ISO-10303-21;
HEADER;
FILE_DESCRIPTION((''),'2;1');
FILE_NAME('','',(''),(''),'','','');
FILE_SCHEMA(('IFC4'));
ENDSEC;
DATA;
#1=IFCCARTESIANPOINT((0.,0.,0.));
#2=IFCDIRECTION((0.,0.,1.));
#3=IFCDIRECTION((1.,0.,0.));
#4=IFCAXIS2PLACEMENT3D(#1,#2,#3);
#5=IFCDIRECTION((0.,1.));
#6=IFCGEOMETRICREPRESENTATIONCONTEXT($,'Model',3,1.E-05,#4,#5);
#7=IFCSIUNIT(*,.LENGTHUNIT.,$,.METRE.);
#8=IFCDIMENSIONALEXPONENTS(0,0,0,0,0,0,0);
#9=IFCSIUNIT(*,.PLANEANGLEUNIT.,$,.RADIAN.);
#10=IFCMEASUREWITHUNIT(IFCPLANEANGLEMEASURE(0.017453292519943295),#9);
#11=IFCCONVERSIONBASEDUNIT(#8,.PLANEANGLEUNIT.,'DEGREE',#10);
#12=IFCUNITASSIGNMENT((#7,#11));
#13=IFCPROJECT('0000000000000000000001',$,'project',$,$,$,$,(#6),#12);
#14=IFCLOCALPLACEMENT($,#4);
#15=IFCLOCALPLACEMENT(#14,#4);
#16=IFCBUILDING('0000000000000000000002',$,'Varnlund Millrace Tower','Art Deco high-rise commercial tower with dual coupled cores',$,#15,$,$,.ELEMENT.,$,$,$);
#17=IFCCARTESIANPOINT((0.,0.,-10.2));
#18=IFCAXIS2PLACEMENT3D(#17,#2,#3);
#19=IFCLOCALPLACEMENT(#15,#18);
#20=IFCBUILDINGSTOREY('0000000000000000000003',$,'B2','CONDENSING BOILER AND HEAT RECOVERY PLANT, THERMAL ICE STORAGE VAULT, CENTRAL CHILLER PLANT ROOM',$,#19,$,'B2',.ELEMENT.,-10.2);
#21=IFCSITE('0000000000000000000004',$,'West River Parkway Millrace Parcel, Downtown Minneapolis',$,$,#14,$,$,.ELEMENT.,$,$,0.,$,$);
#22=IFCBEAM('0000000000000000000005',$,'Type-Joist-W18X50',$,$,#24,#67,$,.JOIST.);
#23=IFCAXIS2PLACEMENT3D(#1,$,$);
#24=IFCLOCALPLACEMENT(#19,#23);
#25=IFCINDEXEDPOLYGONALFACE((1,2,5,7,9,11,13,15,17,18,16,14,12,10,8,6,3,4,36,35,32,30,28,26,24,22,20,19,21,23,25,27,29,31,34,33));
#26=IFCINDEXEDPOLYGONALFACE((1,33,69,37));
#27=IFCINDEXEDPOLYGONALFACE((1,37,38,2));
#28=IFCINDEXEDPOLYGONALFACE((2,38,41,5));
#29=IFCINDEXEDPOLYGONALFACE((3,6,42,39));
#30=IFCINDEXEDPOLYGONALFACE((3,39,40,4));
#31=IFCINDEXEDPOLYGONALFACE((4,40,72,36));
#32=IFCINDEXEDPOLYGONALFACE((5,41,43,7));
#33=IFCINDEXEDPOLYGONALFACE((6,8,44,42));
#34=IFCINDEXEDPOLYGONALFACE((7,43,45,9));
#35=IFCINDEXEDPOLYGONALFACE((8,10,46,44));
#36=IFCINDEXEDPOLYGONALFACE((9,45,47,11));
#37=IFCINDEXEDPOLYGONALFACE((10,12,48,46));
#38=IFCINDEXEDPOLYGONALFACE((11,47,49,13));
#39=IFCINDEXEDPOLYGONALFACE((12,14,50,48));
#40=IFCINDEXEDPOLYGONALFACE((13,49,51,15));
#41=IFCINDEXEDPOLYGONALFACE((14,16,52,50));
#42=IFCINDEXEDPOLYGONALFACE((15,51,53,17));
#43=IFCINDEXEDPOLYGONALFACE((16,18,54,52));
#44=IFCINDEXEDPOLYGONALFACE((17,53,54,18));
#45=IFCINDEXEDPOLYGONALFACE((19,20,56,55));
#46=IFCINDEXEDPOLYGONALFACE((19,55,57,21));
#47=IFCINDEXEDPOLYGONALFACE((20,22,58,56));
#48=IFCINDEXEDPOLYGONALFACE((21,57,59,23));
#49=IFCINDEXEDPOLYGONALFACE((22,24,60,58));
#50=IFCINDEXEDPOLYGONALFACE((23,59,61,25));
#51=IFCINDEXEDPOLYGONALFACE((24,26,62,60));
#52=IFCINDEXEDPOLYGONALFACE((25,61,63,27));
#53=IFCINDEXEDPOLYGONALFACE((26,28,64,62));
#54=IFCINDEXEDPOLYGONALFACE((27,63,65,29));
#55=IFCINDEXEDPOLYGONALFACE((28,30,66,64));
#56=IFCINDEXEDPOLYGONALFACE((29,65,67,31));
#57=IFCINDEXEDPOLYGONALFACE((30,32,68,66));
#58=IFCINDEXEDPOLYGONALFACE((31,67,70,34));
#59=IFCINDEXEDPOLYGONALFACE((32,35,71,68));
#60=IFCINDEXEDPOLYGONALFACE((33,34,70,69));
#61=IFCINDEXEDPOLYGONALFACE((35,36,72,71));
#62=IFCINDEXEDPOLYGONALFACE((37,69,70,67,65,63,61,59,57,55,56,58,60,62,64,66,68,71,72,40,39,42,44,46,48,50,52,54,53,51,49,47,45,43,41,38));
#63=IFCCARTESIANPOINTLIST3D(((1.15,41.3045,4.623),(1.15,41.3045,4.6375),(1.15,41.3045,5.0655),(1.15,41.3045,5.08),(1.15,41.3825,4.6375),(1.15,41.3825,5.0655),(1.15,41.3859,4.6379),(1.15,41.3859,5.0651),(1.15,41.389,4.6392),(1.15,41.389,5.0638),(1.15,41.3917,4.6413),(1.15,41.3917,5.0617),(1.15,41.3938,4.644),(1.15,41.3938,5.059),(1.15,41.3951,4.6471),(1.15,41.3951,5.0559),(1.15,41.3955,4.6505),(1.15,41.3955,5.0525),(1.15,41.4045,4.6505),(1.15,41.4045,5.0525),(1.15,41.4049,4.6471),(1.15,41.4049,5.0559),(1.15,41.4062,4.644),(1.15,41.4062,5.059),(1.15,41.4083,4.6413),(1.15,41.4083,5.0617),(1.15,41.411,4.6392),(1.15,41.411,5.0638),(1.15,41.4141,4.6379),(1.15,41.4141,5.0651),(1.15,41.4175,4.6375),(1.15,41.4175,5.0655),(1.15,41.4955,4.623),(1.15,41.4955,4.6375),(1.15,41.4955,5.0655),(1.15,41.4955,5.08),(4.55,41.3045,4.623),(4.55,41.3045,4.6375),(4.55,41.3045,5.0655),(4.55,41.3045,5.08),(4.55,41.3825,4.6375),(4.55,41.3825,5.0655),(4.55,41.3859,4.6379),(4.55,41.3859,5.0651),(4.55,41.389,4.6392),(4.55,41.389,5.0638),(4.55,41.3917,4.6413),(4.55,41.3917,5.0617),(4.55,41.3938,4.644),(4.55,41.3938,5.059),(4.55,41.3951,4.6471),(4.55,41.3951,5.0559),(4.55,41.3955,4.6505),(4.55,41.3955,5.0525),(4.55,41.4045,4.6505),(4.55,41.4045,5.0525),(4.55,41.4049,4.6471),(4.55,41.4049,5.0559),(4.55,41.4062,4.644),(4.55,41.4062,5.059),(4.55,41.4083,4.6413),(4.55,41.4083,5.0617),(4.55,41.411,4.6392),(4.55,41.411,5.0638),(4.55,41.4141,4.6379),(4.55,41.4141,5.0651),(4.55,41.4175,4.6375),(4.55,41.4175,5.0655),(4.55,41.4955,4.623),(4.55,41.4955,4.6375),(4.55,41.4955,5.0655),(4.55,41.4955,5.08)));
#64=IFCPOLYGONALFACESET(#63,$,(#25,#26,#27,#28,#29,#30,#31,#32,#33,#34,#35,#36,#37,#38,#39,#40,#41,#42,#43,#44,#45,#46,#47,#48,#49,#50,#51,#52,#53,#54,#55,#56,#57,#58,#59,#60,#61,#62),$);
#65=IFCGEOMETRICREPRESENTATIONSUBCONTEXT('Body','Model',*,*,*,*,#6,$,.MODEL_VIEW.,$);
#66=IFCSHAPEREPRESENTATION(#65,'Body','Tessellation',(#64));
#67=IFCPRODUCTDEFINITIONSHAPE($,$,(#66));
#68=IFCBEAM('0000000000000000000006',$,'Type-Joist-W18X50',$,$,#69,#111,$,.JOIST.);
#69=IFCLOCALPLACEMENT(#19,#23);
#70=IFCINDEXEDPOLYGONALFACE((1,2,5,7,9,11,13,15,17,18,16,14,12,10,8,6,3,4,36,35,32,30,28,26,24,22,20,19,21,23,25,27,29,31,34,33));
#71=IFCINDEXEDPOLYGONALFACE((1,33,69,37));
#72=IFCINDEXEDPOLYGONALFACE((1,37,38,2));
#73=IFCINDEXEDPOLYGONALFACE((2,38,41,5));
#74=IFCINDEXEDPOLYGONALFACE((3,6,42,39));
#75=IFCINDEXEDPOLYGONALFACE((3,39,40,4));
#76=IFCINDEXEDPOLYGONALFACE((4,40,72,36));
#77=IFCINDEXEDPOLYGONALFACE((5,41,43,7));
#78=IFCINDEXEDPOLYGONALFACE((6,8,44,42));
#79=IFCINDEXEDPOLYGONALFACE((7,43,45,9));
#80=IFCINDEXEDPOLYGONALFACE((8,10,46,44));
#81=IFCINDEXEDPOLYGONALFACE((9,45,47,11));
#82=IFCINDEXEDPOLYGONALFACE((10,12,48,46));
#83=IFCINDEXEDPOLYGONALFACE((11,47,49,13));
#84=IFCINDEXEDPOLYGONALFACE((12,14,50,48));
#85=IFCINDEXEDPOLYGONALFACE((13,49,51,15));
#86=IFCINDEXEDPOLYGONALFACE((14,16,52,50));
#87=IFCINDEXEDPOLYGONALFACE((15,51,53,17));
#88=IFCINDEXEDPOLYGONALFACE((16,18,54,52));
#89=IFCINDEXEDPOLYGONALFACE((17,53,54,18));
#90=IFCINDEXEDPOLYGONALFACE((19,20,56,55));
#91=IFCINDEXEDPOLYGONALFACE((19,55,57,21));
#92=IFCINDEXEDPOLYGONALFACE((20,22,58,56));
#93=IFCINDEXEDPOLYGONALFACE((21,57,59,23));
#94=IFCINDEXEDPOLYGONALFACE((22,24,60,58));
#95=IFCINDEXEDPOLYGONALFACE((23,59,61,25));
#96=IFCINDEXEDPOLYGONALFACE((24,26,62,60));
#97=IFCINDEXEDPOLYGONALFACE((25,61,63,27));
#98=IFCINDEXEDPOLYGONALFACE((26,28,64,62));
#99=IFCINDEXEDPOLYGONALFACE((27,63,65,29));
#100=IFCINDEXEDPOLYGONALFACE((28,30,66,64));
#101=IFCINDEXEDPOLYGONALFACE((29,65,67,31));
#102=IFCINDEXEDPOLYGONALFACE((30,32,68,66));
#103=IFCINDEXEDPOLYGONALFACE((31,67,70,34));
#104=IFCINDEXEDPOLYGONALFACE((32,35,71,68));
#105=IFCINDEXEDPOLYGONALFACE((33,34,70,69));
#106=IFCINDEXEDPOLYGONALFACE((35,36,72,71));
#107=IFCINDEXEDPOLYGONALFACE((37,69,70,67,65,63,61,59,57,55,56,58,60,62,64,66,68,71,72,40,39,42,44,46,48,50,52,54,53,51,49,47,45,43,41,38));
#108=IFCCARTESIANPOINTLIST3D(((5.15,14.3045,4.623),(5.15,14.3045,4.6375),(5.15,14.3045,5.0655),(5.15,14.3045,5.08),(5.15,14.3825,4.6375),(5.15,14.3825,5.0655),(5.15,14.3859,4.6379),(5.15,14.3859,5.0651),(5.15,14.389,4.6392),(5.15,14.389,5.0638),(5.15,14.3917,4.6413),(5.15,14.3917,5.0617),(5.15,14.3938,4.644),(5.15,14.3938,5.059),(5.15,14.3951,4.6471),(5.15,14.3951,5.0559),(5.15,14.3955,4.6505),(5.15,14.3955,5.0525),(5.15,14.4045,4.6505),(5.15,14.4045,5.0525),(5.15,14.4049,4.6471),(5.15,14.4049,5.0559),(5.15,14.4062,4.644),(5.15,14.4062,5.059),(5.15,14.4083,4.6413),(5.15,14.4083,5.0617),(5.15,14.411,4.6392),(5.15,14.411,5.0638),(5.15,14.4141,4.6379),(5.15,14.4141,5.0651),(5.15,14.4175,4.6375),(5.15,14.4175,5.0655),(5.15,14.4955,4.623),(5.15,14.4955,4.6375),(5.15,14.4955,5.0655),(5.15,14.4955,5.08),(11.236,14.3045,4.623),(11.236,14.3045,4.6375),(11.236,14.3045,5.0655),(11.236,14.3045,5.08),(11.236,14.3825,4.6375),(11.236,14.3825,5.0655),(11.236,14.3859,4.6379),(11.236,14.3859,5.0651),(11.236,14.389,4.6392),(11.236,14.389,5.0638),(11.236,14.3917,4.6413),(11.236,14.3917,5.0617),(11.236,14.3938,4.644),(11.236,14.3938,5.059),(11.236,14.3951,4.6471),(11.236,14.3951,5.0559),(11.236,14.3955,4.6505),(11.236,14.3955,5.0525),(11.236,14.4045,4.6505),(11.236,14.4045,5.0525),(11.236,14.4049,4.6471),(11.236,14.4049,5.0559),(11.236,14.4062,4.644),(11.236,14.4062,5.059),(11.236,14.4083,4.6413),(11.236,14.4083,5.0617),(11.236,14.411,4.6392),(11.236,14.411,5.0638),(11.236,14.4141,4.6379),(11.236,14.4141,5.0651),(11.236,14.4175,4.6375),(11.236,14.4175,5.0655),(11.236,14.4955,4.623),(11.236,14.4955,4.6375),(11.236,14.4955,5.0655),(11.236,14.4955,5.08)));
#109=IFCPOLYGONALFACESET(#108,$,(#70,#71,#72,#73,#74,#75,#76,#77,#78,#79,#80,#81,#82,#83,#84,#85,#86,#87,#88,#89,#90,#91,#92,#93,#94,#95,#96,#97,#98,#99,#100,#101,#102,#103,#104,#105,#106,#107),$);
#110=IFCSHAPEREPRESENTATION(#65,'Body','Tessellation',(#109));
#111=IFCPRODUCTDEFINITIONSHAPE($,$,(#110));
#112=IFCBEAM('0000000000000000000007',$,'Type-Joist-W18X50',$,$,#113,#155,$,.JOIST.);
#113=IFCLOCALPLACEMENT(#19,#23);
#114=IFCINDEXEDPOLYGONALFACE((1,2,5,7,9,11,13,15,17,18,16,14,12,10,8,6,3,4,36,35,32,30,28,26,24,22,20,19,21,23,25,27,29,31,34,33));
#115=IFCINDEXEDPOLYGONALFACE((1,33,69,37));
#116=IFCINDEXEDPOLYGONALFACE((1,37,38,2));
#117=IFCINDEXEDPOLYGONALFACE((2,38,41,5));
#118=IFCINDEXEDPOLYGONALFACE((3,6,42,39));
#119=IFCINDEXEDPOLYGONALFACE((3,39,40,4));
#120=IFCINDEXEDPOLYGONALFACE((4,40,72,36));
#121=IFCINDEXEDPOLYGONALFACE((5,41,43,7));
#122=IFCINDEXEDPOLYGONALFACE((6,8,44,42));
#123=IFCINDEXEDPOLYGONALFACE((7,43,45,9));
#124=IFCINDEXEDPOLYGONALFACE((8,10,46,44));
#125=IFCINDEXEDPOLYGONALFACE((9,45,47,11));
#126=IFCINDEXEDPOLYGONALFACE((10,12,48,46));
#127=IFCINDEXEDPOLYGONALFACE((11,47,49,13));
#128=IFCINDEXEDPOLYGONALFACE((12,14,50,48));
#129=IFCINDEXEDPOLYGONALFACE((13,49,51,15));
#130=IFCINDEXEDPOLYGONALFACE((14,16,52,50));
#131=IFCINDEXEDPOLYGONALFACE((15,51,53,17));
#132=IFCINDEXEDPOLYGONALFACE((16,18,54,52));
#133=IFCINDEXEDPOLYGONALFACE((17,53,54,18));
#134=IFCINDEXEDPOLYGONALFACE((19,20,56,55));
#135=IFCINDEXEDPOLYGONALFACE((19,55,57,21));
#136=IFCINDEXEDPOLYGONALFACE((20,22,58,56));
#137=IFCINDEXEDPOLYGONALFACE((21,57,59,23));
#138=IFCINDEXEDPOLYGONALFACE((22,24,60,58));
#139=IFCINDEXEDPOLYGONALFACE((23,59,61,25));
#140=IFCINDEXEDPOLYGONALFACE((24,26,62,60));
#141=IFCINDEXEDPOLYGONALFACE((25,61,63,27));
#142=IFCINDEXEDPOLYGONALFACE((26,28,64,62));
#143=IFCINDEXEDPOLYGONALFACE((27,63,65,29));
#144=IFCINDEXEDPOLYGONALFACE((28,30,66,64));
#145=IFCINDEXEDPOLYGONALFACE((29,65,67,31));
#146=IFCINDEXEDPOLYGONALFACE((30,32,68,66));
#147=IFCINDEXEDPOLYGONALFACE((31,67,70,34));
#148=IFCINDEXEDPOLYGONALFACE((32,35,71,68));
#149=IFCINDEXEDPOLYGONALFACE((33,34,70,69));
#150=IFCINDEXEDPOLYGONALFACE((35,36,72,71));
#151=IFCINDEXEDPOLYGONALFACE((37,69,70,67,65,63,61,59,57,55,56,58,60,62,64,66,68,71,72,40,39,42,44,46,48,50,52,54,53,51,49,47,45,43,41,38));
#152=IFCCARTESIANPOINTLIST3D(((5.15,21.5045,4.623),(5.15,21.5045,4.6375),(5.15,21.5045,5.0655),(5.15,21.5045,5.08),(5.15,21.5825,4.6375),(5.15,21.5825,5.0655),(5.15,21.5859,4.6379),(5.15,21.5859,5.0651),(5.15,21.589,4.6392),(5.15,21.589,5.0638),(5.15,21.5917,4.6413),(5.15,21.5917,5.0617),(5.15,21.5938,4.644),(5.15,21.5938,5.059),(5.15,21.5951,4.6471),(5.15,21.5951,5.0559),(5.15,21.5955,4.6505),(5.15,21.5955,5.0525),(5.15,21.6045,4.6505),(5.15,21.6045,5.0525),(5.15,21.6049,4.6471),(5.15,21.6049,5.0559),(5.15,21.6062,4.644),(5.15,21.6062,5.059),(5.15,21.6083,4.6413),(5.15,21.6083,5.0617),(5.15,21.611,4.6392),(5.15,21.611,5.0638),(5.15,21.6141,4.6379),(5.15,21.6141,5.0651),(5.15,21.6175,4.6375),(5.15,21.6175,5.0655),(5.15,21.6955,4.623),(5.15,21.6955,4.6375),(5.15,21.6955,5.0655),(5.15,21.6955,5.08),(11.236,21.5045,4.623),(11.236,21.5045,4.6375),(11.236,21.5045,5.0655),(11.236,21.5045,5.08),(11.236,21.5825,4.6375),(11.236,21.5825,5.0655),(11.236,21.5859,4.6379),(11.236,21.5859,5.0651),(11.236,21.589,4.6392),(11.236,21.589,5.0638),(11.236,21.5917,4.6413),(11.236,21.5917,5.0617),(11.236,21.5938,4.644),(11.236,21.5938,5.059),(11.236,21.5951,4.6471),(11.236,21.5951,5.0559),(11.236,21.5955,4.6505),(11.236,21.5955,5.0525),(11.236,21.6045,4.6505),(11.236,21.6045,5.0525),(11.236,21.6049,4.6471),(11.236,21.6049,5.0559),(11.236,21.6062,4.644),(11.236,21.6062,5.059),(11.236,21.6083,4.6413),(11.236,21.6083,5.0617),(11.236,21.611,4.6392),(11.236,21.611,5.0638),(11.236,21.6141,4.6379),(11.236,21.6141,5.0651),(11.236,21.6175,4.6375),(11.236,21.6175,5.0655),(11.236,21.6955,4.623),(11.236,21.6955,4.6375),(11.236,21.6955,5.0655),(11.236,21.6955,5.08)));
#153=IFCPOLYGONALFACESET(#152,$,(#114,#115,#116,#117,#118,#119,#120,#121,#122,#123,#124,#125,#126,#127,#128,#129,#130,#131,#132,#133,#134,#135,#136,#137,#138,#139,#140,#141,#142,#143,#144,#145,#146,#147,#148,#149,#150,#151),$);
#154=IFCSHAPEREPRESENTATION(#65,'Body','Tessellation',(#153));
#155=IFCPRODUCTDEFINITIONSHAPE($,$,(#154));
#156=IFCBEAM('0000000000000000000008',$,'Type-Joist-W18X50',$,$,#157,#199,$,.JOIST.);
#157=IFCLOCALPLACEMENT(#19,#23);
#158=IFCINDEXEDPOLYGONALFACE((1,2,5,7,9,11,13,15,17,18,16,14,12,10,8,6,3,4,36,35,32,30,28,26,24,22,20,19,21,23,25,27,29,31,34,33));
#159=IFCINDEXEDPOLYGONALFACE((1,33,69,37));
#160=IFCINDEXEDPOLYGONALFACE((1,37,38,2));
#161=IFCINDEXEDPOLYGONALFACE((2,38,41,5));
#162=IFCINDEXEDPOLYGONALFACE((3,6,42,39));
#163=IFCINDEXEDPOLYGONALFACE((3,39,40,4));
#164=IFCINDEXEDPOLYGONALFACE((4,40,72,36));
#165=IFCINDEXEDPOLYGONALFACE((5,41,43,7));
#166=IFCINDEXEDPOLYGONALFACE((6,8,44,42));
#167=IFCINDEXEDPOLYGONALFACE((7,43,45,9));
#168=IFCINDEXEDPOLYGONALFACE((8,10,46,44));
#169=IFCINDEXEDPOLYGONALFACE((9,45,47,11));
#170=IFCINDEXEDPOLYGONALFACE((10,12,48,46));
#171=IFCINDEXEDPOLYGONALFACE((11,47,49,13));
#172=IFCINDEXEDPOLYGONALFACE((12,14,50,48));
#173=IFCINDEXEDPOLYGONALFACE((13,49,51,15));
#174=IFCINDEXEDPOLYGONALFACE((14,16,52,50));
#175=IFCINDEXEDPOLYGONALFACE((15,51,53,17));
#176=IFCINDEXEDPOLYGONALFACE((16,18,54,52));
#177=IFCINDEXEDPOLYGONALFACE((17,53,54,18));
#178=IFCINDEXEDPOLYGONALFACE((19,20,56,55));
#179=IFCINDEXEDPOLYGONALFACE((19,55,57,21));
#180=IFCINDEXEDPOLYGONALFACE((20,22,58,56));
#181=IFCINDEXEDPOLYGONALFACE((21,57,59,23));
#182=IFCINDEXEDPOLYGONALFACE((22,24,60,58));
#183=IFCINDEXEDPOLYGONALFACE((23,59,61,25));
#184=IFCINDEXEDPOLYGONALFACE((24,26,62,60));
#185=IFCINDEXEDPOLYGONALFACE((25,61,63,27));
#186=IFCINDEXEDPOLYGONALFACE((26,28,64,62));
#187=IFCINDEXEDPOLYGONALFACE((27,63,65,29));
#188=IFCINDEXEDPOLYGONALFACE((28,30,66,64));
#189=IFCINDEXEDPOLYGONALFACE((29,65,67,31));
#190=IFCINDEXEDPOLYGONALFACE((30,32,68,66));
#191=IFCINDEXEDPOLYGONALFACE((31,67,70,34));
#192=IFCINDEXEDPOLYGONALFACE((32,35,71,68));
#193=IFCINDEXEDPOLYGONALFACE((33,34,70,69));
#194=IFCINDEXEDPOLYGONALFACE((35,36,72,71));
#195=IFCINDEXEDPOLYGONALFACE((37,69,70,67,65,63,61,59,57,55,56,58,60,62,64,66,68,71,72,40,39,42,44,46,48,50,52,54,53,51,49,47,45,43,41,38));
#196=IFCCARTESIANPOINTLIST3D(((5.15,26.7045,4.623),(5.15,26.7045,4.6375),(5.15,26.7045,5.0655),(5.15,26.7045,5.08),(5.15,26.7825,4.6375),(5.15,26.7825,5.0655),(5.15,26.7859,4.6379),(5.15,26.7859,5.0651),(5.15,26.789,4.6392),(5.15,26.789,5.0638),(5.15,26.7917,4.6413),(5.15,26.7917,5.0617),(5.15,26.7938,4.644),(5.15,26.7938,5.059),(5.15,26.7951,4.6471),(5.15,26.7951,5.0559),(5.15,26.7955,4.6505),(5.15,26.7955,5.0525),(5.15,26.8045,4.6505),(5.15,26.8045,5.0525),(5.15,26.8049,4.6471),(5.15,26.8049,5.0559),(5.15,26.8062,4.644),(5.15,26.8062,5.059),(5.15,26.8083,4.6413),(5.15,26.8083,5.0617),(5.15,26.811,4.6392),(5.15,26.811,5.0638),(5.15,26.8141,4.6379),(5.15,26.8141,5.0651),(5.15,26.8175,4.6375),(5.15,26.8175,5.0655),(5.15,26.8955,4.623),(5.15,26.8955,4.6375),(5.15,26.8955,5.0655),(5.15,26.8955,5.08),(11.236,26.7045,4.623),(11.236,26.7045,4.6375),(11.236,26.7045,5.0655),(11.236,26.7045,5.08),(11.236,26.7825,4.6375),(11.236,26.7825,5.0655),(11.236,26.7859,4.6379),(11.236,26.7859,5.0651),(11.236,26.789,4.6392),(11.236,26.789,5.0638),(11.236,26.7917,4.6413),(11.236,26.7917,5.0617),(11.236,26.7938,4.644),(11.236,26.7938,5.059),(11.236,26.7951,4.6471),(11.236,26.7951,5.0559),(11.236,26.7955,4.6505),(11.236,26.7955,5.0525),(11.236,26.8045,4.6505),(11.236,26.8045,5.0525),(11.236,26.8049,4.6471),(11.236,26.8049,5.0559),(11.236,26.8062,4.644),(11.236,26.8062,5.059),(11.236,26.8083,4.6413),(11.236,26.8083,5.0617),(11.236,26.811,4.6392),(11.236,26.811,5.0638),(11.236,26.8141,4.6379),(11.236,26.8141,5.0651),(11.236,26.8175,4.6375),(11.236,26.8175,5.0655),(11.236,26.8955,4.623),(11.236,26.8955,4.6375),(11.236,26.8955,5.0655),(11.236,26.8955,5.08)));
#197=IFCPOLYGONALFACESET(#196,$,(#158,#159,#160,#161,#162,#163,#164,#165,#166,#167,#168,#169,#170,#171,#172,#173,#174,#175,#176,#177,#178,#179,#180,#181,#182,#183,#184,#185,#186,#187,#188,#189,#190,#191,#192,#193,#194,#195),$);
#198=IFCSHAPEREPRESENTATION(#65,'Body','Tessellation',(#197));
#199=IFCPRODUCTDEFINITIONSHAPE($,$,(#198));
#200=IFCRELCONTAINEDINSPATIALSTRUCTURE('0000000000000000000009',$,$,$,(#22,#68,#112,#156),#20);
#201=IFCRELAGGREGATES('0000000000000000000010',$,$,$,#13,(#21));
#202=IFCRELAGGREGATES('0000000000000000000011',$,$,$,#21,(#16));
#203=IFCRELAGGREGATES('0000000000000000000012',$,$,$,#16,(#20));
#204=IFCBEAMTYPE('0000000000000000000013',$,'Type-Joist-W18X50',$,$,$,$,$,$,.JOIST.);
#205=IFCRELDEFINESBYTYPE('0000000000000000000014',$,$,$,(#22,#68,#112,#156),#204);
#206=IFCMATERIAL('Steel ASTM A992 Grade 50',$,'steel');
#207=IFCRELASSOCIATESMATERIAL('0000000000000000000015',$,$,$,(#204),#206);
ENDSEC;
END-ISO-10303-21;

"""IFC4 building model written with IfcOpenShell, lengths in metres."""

from ifc_helpers import new_model, entity, si_unit, converted_unit, direction, frame, origin_with_axes, origin_2d_with_axis, place, context, subcontext, project, spatial, i_section, extrude, material, material_profile, profile_set, type_object, element, save


model = new_model("IFC4")

# Units and contexts
model_context = context("Model", 3, precision=1e-05, world=origin_with_axes(), true_north=direction((0.0, 1.0)))
body_context = subcontext(model_context, "Body", "Model", "MODEL_VIEW")
ifc_project = project(units=[si_unit("LENGTHUNIT", "METRE"), converted_unit("PLANEANGLEUNIT", "DEGREE", entity("IfcPlaneAngleMeasure", 0.017453292519943295), si_unit("PLANEANGLEUNIT", "RADIAN"), dimensions=[0, 0, 0, 0, 0, 0, 0])], contexts=[model_context])

# Site, building, storey
site_placement = place(None, origin_with_axes())
site = spatial("IfcSite", under=ifc_project, at=site_placement, Name="West River Parkway Millrace Parcel, Downtown Minneapolis", CompositionType="ELEMENT", RefElevation=0.0)
building_placement = place(site_placement, origin_with_axes())
building = spatial("IfcBuilding", under=site, at=building_placement, Name="Varnlund Millrace Tower", Description="Art Deco high-rise commercial tower with dual coupled cores", CompositionType="ELEMENT")
storey_placement = place(building_placement, frame((0.0, 0.0, -10.2), z_axis=(0.0, 0.0, 1.0), x_axis=(1.0, 0.0, 0.0)))
storey = spatial("IfcBuildingStorey", under=building, at=storey_placement, Name="B2", Description="CONDENSING BOILER AND HEAT RECOVERY PLANT, THERMAL ICE STORAGE VAULT, CENTRAL CHILLER PLANT ROOM", LongName="B2", CompositionType="ELEMENT", Elevation=-10.2)

# Beams
ifc_material_1 = material(Name="Steel ASTM A992 Grade 50", Category="steel")
ifc_material_profile_1 = material_profile(ifc_material_1, i_section(OverallWidth=0.191, OverallDepth=0.457, WebThickness=0.009, FlangeThickness=0.0145, FilletRadius=0.013, at=origin_2d_with_axis()), Name="Steel ASTM A992 Grade 50")
ifc_profile_set_1 = profile_set([ifc_material_profile_1], Name="Steel ASTM A992 Grade 50")
beam_type_1 = type_object("IfcBeamType", Name="Type-Joist-W18X50", PredefinedType="JOIST", material=ifc_profile_set_1)
for number, where, z_axis, x_axis, name in (
    (1, (1.15, 41.4, 4.8515), (1.0, 0.0, 0.0), (0.0, 1.0, 0.0), "Type-Joist-W18X50"),
):
    element("IfcBeam", number, at=place(storey_placement, frame(where, z_axis=z_axis, x_axis=x_axis)), inside=storey, type_object=beam_type_1, Name=name, PredefinedType="JOIST", context=body_context, shape_type="SweptSolid", body=[
        extrude(i_section(OverallWidth=0.191, OverallDepth=0.457, WebThickness=0.009, FlangeThickness=0.0145, FilletRadius=0.013, at=origin_2d_with_axis()), origin_with_axes(), (0.0, 0.0, 1.0), 3.4),
    ])
for number, where, z_axis, x_axis, name in (
    (2, (5.15, 14.4, 4.8515), (1.0, 0.0, 0.0), (0.0, 1.0, 0.0), "Type-Joist-W18X50"),
    (3, (5.15, 21.6, 4.8515), (1.0, 0.0, 0.0), (0.0, 1.0, 0.0), "Type-Joist-W18X50"),
    (4, (5.15, 26.8, 4.8515), (1.0, 0.0, 0.0), (0.0, 1.0, 0.0), "Type-Joist-W18X50"),
):
    element("IfcBeam", number, at=place(storey_placement, frame(where, z_axis=z_axis, x_axis=x_axis)), inside=storey, type_object=beam_type_1, Name=name, PredefinedType="JOIST", context=body_context, shape_type="SweptSolid", body=[
        extrude(i_section(OverallWidth=0.191, OverallDepth=0.457, WebThickness=0.009, FlangeThickness=0.0145, FilletRadius=0.013, at=origin_2d_with_axis()), origin_with_axes(), (0.0, 0.0, 1.0), 6.086),
    ])

save(model, "model.ifc")
